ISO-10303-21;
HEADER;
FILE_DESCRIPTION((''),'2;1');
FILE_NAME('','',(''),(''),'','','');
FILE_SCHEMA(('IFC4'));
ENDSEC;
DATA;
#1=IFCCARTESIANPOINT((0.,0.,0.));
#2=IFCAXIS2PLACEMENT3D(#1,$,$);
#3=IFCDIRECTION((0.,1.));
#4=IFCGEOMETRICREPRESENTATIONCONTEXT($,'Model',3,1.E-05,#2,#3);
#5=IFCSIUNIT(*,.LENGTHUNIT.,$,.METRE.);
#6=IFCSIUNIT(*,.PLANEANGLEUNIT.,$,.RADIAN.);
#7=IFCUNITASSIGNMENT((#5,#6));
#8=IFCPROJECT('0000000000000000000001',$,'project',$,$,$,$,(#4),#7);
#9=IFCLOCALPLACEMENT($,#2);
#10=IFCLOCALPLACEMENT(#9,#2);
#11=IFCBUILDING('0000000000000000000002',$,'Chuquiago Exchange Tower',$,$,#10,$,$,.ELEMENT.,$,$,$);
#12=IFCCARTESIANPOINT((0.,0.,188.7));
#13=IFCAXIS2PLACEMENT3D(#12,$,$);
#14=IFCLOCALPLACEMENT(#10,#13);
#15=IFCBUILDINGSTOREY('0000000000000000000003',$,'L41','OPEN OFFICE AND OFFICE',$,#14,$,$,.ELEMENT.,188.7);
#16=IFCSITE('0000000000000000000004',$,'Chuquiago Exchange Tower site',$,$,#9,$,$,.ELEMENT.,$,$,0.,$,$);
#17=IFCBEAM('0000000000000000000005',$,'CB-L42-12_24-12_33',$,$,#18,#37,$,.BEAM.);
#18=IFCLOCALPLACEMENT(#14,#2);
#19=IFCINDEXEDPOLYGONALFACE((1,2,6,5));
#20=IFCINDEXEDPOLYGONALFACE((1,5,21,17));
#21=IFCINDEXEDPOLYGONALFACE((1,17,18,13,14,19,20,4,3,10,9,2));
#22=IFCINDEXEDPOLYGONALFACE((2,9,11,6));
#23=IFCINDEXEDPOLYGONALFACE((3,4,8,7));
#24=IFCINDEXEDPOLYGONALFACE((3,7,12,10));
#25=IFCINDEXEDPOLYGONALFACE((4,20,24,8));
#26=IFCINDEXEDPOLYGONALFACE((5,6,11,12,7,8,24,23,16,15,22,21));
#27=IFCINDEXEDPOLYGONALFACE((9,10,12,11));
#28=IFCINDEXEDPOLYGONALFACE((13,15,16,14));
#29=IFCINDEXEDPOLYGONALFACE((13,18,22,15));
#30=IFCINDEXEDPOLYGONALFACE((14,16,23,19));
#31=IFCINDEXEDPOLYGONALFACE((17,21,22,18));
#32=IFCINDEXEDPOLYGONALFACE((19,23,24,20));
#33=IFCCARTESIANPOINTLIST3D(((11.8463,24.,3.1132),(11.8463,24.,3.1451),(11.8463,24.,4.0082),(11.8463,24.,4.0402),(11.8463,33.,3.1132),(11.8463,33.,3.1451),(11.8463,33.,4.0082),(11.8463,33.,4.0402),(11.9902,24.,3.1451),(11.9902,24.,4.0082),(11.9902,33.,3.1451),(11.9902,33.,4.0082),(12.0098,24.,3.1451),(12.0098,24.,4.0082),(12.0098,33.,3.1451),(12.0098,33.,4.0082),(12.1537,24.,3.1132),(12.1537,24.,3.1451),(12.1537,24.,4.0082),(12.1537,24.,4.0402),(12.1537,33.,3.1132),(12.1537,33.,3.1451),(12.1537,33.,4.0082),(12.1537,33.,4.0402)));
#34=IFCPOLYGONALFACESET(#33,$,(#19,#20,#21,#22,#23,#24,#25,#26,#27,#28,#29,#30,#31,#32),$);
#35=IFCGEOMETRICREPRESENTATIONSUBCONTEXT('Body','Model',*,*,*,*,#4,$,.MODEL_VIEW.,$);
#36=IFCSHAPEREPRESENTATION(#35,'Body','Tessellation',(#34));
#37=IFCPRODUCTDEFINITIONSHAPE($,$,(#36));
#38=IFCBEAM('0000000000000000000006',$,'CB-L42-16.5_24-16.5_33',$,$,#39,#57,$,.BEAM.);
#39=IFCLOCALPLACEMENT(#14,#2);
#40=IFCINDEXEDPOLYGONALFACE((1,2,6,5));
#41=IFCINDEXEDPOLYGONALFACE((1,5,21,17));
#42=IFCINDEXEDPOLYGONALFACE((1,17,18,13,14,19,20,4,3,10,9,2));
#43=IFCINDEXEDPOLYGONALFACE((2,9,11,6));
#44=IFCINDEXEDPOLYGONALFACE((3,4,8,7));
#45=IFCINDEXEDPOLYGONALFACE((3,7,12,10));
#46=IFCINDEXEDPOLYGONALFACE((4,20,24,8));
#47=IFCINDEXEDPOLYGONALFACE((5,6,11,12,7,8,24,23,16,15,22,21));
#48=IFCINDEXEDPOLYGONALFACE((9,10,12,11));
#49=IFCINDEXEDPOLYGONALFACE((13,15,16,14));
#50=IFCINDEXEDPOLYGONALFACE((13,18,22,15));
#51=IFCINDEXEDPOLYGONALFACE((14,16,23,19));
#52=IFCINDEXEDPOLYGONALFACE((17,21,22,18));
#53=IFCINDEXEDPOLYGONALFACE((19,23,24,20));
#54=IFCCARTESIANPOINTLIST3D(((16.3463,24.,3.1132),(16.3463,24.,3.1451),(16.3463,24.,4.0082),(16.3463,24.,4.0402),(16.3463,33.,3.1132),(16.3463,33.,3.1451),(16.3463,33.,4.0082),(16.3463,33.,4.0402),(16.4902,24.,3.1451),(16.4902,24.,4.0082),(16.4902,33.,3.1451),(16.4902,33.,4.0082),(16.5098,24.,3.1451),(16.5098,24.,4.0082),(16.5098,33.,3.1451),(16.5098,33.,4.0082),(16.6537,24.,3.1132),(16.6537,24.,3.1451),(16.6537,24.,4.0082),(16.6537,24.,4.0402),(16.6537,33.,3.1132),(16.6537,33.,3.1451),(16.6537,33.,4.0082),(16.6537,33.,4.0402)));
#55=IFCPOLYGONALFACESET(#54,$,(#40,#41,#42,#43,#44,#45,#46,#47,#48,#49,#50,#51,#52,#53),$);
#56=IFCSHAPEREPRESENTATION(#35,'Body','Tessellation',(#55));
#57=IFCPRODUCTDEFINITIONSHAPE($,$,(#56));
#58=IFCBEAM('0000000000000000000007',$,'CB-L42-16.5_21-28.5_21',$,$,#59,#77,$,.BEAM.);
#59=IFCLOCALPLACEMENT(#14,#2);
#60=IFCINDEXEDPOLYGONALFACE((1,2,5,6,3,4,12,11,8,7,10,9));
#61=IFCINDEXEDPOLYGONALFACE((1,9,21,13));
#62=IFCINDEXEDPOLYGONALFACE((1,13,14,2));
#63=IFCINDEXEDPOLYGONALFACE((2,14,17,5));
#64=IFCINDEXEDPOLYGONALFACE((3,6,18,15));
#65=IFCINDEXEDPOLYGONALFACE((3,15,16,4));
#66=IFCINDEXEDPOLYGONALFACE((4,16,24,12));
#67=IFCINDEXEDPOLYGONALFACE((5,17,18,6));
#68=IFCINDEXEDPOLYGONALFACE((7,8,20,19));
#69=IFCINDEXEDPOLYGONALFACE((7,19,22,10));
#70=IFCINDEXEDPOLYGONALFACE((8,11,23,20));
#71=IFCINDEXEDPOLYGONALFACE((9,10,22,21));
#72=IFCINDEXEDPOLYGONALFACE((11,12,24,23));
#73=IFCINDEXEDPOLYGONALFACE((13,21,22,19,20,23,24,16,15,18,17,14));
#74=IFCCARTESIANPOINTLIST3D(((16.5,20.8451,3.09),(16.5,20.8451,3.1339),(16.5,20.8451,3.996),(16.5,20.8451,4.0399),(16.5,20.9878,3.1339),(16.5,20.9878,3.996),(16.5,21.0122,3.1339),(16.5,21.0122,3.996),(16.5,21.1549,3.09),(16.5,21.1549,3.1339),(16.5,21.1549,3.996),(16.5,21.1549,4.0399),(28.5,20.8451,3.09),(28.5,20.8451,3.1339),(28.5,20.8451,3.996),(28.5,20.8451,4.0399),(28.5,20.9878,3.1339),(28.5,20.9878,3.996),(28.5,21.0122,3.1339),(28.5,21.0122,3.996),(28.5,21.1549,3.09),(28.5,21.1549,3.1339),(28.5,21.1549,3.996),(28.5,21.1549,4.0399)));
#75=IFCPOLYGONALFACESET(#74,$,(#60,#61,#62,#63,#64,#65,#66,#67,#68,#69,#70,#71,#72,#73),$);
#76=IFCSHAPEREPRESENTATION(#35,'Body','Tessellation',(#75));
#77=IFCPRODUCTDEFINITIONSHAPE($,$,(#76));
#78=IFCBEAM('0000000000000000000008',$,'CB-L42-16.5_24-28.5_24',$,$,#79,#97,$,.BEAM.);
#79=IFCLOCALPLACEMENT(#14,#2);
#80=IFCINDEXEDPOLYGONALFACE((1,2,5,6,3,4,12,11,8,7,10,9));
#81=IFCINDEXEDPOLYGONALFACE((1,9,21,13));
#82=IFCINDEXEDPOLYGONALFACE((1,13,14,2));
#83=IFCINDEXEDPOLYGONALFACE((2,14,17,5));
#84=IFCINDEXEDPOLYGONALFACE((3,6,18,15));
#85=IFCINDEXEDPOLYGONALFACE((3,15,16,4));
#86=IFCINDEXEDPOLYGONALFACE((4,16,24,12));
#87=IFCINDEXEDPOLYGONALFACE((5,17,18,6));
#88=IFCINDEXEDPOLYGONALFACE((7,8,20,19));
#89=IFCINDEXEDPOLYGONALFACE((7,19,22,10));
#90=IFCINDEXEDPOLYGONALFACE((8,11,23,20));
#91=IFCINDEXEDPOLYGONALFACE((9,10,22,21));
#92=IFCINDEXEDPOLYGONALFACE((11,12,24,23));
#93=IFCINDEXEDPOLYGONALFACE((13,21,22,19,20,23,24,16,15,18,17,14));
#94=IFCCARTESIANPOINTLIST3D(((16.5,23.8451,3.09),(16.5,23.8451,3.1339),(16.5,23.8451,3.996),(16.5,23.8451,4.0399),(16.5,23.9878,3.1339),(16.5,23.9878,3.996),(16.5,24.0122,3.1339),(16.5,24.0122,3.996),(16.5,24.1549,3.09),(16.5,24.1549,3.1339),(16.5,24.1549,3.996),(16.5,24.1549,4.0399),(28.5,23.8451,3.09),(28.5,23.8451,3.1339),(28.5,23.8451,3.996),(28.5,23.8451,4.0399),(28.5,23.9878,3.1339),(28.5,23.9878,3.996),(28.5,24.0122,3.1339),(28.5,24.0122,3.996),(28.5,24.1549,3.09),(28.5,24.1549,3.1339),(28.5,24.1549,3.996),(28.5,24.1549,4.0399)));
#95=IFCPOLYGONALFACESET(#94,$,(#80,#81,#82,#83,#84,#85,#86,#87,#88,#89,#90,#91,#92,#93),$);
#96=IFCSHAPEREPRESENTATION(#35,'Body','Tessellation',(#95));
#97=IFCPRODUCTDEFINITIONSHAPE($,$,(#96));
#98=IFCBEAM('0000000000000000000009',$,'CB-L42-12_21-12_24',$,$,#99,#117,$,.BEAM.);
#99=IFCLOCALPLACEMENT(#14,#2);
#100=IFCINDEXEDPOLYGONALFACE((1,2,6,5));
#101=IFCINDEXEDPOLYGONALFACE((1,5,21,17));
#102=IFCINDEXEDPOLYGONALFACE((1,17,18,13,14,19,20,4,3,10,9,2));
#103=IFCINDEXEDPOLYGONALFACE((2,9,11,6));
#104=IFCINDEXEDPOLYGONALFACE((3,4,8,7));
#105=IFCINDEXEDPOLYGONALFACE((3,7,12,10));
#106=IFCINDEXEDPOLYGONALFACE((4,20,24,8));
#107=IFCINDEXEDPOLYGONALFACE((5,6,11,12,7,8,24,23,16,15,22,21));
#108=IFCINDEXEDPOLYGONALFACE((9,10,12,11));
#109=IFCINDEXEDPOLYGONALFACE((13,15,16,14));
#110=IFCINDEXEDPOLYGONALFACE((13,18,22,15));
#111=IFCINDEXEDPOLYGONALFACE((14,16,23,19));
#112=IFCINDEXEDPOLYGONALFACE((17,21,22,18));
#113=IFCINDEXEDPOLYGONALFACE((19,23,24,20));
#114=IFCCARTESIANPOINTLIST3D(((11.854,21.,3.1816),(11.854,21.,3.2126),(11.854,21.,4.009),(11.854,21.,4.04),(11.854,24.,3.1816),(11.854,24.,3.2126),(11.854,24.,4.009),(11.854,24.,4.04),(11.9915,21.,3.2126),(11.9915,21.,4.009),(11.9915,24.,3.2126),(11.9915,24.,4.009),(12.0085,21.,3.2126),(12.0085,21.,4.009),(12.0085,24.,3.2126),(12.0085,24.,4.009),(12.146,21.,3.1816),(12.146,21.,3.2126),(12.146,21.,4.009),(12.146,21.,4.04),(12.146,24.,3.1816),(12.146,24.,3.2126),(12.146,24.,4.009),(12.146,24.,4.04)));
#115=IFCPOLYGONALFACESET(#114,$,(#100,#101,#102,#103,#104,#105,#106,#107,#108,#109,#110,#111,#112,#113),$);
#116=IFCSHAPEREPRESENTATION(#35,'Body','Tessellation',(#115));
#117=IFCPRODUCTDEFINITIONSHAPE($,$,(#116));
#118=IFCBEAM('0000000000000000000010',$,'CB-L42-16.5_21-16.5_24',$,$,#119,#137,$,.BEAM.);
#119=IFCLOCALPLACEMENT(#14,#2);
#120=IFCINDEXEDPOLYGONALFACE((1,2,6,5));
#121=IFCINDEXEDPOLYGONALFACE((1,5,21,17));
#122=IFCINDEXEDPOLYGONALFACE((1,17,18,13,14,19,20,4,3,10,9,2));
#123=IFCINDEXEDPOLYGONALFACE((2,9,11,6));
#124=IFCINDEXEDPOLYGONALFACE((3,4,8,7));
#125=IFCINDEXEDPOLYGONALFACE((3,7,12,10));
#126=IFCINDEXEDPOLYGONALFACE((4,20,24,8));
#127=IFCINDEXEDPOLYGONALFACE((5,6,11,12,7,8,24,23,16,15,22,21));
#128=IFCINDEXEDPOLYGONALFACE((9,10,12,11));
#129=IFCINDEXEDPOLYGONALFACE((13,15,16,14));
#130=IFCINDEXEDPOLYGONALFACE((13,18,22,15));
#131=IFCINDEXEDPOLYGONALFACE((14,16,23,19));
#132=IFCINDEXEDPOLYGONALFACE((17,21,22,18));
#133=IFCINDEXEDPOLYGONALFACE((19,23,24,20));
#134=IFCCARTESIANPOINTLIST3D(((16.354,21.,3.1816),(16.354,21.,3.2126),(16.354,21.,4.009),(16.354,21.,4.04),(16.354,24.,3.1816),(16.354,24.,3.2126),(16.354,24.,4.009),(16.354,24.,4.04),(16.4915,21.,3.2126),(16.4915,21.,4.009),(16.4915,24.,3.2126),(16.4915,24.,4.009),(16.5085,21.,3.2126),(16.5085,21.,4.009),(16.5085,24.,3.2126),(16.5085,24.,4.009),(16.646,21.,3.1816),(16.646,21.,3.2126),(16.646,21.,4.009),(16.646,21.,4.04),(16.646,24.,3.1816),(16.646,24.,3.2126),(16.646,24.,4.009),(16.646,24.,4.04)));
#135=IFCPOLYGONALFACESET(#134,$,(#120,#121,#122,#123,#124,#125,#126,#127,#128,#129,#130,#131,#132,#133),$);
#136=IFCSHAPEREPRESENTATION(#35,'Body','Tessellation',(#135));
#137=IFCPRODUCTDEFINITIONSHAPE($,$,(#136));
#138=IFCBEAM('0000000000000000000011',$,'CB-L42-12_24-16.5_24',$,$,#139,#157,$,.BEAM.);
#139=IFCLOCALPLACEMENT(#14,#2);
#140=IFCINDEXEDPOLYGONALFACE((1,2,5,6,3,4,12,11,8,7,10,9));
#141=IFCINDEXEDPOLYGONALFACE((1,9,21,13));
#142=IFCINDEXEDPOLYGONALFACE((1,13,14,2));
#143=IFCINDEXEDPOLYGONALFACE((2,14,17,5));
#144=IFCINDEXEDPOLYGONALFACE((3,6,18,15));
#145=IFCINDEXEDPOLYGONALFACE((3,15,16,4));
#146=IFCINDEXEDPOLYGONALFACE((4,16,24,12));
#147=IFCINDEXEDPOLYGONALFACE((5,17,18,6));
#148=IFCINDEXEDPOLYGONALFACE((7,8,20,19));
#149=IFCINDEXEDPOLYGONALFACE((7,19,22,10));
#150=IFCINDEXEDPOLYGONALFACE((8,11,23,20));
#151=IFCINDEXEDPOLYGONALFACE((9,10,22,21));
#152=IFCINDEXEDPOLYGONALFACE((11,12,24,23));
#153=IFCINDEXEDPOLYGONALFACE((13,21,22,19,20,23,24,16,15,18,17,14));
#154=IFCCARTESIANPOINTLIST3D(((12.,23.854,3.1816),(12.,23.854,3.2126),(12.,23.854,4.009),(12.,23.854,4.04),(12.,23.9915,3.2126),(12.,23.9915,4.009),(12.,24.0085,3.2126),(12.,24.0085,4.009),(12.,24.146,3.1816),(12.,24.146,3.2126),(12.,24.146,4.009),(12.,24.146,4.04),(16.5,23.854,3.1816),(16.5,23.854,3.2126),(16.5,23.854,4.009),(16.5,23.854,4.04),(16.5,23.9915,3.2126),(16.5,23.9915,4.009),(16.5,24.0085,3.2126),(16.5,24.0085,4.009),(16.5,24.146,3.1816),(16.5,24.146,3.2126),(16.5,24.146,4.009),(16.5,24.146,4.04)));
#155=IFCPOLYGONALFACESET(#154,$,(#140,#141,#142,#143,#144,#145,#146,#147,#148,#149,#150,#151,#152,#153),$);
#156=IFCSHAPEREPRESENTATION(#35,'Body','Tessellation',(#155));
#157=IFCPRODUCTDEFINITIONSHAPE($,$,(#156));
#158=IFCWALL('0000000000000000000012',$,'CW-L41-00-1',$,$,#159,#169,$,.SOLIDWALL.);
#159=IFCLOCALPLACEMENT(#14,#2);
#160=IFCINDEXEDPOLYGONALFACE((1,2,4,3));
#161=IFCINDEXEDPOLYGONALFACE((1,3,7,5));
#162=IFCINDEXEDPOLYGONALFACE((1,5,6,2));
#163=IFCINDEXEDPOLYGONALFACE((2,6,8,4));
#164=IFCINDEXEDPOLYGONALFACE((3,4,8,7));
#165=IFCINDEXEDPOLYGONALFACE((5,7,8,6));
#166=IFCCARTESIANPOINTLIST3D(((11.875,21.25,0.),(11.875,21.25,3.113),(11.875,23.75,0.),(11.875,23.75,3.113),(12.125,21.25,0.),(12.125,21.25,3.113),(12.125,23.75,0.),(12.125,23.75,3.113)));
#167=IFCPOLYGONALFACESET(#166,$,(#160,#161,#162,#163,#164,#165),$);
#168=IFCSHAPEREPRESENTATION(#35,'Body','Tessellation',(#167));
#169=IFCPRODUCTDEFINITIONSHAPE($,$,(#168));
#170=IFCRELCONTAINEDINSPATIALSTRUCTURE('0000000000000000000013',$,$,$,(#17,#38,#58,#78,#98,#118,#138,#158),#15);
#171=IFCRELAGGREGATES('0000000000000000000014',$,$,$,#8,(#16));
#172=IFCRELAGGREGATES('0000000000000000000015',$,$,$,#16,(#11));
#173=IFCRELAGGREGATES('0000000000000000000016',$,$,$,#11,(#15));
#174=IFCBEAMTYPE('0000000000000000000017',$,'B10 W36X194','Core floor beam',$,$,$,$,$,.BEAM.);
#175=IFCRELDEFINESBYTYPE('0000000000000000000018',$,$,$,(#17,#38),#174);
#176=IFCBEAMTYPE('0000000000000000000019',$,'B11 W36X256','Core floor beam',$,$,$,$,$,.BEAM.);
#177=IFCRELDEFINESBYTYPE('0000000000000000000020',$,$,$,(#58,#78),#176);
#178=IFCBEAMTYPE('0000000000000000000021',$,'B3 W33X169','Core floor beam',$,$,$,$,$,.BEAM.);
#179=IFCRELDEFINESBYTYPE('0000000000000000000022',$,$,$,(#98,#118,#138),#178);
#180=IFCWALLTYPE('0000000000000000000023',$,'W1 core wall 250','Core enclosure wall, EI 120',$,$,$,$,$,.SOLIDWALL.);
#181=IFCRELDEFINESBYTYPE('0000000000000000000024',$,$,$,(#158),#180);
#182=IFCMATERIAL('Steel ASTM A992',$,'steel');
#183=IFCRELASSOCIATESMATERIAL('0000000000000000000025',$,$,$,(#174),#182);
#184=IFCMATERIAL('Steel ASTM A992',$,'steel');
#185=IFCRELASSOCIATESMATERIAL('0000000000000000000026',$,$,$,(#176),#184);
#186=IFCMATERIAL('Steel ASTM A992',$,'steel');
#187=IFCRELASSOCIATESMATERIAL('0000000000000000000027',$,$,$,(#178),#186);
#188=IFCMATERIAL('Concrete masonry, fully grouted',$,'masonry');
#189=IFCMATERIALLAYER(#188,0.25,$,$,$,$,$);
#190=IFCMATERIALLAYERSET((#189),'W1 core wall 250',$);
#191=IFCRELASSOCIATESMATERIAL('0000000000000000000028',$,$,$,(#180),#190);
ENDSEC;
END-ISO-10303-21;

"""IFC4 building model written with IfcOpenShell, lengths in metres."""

from ifc_helpers import new_model, si_unit, direction, frame, frame_2d, origin, origin_2d, place, context, subcontext, project, spatial, rectangle, i_section, extrude, material, layer, layer_set, material_profile, profile_set, type_object, element, save


model = new_model("IFC4")

# Units and contexts
model_context = context("Model", 3, precision=1e-05, world=origin(), true_north=direction((0.0, 1.0)))
body_context = subcontext(model_context, "Body", "Model", "MODEL_VIEW")
ifc_project = project(units=[si_unit("LENGTHUNIT", "METRE"), si_unit("PLANEANGLEUNIT", "RADIAN")], contexts=[model_context])

# Site, building, storey
site_placement = place(None, origin())
site = spatial("IfcSite", under=ifc_project, at=site_placement, Name="Chuquiago Exchange Tower site", CompositionType="ELEMENT", RefElevation=0.0)
building_placement = place(site_placement, origin())
building = spatial("IfcBuilding", under=site, at=building_placement, Name="Chuquiago Exchange Tower", CompositionType="ELEMENT")
storey_placement = place(building_placement, frame((0.0, 0.0, 188.7)))
storey = spatial("IfcBuildingStorey", under=building, at=storey_placement, Name="L41", Description="OPEN OFFICE AND OFFICE", CompositionType="ELEMENT", Elevation=188.7)

# Beams
ifc_material_1 = material(Name="Steel ASTM A992", Category="steel")
ifc_material_profile_1 = material_profile(ifc_material_1, i_section(OverallWidth=0.3074, OverallDepth=0.927, WebThickness=0.0195, FlangeThickness=0.032, at=origin_2d()), Name="W36X194")
ifc_profile_set_1 = profile_set([ifc_material_profile_1], Name="Steel ASTM A992")
beam_type_1 = type_object("IfcBeamType", Name="B10 W36X194", Description="Core floor beam", PredefinedType="BEAM", material=ifc_profile_set_1)
for number, where, z_axis, x_axis, name in (
    (1, (12.0, 24.0, 3.5767), (0.0, 1.0, 0.0), (-1.0, 0.0, 0.0), "CB-L42-12_24-12_33"),
    (2, (16.5, 24.0, 3.5767), (0.0, 1.0, 0.0), (-1.0, 0.0, 0.0), "CB-L42-16.5_24-16.5_33"),
):
    element("IfcBeam", number, at=place(storey_placement, frame(where, z_axis=z_axis, x_axis=x_axis)), inside=storey, type_object=beam_type_1, Name=name, PredefinedType="BEAM", context=body_context, shape_type="SweptSolid", body=[
        extrude(i_section(OverallWidth=0.3074, OverallDepth=0.927, WebThickness=0.0195, FlangeThickness=0.032, at=origin_2d()), origin(), (0.0, 0.0, 1.0), 9.0),
    ])
ifc_material_2 = material(Name="Steel ASTM A992", Category="steel")
ifc_material_profile_2 = material_profile(ifc_material_2, i_section(OverallWidth=0.3098, OverallDepth=0.95, WebThickness=0.0244, FlangeThickness=0.0439, at=origin_2d()), Name="W36X256")
ifc_profile_set_2 = profile_set([ifc_material_profile_2], Name="Steel ASTM A992")
beam_type_2 = type_object("IfcBeamType", Name="B11 W36X256", Description="Core floor beam", PredefinedType="BEAM", material=ifc_profile_set_2)
for number, where, z_axis, x_axis, name in (
    (3, (16.5, 21.0, 3.5649), (1.0, 0.0, 0.0), (0.0, 1.0, 0.0), "CB-L42-16.5_21-28.5_21"),
    (4, (16.5, 24.0, 3.5649), (1.0, 0.0, 0.0), (0.0, 1.0, 0.0), "CB-L42-16.5_24-28.5_24"),
):
    element("IfcBeam", number, at=place(storey_placement, frame(where, z_axis=z_axis, x_axis=x_axis)), inside=storey, type_object=beam_type_2, Name=name, PredefinedType="BEAM", context=body_context, shape_type="SweptSolid", body=[
        extrude(i_section(OverallWidth=0.3098, OverallDepth=0.95, WebThickness=0.0244, FlangeThickness=0.0439, at=origin_2d()), origin(), (0.0, 0.0, 1.0), 12.0),
    ])
ifc_material_3 = material(Name="Steel ASTM A992", Category="steel")
ifc_material_profile_3 = material_profile(ifc_material_3, i_section(OverallWidth=0.292, OverallDepth=0.8584, WebThickness=0.0171, FlangeThickness=0.031, at=origin_2d()), Name="W33X169")
ifc_profile_set_3 = profile_set([ifc_material_profile_3], Name="Steel ASTM A992")
beam_type_3 = type_object("IfcBeamType", Name="B3 W33X169", Description="Core floor beam", PredefinedType="BEAM", material=ifc_profile_set_3)
for number, where, z_axis, x_axis, name in (
    (5, (12.0, 21.0, 3.6108), (0.0, 1.0, 0.0), (-1.0, 0.0, 0.0), "CB-L42-12_21-12_24"),
    (6, (16.5, 21.0, 3.6108), (0.0, 1.0, 0.0), (-1.0, 0.0, 0.0), "CB-L42-16.5_21-16.5_24"),
):
    element("IfcBeam", number, at=place(storey_placement, frame(where, z_axis=z_axis, x_axis=x_axis)), inside=storey, type_object=beam_type_3, Name=name, PredefinedType="BEAM", context=body_context, shape_type="SweptSolid", body=[
        extrude(i_section(OverallWidth=0.292, OverallDepth=0.8584, WebThickness=0.0171, FlangeThickness=0.031, at=origin_2d()), origin(), (0.0, 0.0, 1.0), 3.0),
    ])
beam_placement = place(storey_placement, frame((12.0, 24.0, 3.6108), z_axis=(1.0, 0.0, 0.0), x_axis=(0.0, 1.0, 0.0)))
element("IfcBeam", 7, at=beam_placement, inside=storey, type_object=beam_type_3, Name="CB-L42-12_24-16.5_24", PredefinedType="BEAM", context=body_context, shape_type="SweptSolid", body=[
    extrude(i_section(OverallWidth=0.292, OverallDepth=0.8584, WebThickness=0.0171, FlangeThickness=0.031, at=origin_2d()), origin(), (0.0, 0.0, 1.0), 4.5),
])

# Wall
ifc_material_4 = material(Name="Concrete masonry, fully grouted", Category="masonry")
ifc_layer_1 = layer(ifc_material_4, 0.25)
ifc_layer_set_1 = layer_set([ifc_layer_1], Name="W1 core wall 250")
wall_type_1 = type_object("IfcWallType", Name="W1 core wall 250", Description="Core enclosure wall, EI 120", PredefinedType="SOLIDWALL", material=ifc_layer_set_1)
wall_1_placement = place(storey_placement, frame((12.0, 21.25, 0.0), z_axis=(0.0, 0.0, 1.0), x_axis=(0.0, 1.0, 0.0)))
element("IfcWall", 8, at=wall_1_placement, inside=storey, type_object=wall_type_1, Name="CW-L41-00-1", PredefinedType="SOLIDWALL", context=body_context, shape_type="SweptSolid", body=[
    extrude(rectangle(XDim=2.5, YDim=0.25, at=frame_2d((1.25, 0.0))), origin(), (0.0, 0.0, 1.0), 3.113),
])

save(model, "model.ifc")
